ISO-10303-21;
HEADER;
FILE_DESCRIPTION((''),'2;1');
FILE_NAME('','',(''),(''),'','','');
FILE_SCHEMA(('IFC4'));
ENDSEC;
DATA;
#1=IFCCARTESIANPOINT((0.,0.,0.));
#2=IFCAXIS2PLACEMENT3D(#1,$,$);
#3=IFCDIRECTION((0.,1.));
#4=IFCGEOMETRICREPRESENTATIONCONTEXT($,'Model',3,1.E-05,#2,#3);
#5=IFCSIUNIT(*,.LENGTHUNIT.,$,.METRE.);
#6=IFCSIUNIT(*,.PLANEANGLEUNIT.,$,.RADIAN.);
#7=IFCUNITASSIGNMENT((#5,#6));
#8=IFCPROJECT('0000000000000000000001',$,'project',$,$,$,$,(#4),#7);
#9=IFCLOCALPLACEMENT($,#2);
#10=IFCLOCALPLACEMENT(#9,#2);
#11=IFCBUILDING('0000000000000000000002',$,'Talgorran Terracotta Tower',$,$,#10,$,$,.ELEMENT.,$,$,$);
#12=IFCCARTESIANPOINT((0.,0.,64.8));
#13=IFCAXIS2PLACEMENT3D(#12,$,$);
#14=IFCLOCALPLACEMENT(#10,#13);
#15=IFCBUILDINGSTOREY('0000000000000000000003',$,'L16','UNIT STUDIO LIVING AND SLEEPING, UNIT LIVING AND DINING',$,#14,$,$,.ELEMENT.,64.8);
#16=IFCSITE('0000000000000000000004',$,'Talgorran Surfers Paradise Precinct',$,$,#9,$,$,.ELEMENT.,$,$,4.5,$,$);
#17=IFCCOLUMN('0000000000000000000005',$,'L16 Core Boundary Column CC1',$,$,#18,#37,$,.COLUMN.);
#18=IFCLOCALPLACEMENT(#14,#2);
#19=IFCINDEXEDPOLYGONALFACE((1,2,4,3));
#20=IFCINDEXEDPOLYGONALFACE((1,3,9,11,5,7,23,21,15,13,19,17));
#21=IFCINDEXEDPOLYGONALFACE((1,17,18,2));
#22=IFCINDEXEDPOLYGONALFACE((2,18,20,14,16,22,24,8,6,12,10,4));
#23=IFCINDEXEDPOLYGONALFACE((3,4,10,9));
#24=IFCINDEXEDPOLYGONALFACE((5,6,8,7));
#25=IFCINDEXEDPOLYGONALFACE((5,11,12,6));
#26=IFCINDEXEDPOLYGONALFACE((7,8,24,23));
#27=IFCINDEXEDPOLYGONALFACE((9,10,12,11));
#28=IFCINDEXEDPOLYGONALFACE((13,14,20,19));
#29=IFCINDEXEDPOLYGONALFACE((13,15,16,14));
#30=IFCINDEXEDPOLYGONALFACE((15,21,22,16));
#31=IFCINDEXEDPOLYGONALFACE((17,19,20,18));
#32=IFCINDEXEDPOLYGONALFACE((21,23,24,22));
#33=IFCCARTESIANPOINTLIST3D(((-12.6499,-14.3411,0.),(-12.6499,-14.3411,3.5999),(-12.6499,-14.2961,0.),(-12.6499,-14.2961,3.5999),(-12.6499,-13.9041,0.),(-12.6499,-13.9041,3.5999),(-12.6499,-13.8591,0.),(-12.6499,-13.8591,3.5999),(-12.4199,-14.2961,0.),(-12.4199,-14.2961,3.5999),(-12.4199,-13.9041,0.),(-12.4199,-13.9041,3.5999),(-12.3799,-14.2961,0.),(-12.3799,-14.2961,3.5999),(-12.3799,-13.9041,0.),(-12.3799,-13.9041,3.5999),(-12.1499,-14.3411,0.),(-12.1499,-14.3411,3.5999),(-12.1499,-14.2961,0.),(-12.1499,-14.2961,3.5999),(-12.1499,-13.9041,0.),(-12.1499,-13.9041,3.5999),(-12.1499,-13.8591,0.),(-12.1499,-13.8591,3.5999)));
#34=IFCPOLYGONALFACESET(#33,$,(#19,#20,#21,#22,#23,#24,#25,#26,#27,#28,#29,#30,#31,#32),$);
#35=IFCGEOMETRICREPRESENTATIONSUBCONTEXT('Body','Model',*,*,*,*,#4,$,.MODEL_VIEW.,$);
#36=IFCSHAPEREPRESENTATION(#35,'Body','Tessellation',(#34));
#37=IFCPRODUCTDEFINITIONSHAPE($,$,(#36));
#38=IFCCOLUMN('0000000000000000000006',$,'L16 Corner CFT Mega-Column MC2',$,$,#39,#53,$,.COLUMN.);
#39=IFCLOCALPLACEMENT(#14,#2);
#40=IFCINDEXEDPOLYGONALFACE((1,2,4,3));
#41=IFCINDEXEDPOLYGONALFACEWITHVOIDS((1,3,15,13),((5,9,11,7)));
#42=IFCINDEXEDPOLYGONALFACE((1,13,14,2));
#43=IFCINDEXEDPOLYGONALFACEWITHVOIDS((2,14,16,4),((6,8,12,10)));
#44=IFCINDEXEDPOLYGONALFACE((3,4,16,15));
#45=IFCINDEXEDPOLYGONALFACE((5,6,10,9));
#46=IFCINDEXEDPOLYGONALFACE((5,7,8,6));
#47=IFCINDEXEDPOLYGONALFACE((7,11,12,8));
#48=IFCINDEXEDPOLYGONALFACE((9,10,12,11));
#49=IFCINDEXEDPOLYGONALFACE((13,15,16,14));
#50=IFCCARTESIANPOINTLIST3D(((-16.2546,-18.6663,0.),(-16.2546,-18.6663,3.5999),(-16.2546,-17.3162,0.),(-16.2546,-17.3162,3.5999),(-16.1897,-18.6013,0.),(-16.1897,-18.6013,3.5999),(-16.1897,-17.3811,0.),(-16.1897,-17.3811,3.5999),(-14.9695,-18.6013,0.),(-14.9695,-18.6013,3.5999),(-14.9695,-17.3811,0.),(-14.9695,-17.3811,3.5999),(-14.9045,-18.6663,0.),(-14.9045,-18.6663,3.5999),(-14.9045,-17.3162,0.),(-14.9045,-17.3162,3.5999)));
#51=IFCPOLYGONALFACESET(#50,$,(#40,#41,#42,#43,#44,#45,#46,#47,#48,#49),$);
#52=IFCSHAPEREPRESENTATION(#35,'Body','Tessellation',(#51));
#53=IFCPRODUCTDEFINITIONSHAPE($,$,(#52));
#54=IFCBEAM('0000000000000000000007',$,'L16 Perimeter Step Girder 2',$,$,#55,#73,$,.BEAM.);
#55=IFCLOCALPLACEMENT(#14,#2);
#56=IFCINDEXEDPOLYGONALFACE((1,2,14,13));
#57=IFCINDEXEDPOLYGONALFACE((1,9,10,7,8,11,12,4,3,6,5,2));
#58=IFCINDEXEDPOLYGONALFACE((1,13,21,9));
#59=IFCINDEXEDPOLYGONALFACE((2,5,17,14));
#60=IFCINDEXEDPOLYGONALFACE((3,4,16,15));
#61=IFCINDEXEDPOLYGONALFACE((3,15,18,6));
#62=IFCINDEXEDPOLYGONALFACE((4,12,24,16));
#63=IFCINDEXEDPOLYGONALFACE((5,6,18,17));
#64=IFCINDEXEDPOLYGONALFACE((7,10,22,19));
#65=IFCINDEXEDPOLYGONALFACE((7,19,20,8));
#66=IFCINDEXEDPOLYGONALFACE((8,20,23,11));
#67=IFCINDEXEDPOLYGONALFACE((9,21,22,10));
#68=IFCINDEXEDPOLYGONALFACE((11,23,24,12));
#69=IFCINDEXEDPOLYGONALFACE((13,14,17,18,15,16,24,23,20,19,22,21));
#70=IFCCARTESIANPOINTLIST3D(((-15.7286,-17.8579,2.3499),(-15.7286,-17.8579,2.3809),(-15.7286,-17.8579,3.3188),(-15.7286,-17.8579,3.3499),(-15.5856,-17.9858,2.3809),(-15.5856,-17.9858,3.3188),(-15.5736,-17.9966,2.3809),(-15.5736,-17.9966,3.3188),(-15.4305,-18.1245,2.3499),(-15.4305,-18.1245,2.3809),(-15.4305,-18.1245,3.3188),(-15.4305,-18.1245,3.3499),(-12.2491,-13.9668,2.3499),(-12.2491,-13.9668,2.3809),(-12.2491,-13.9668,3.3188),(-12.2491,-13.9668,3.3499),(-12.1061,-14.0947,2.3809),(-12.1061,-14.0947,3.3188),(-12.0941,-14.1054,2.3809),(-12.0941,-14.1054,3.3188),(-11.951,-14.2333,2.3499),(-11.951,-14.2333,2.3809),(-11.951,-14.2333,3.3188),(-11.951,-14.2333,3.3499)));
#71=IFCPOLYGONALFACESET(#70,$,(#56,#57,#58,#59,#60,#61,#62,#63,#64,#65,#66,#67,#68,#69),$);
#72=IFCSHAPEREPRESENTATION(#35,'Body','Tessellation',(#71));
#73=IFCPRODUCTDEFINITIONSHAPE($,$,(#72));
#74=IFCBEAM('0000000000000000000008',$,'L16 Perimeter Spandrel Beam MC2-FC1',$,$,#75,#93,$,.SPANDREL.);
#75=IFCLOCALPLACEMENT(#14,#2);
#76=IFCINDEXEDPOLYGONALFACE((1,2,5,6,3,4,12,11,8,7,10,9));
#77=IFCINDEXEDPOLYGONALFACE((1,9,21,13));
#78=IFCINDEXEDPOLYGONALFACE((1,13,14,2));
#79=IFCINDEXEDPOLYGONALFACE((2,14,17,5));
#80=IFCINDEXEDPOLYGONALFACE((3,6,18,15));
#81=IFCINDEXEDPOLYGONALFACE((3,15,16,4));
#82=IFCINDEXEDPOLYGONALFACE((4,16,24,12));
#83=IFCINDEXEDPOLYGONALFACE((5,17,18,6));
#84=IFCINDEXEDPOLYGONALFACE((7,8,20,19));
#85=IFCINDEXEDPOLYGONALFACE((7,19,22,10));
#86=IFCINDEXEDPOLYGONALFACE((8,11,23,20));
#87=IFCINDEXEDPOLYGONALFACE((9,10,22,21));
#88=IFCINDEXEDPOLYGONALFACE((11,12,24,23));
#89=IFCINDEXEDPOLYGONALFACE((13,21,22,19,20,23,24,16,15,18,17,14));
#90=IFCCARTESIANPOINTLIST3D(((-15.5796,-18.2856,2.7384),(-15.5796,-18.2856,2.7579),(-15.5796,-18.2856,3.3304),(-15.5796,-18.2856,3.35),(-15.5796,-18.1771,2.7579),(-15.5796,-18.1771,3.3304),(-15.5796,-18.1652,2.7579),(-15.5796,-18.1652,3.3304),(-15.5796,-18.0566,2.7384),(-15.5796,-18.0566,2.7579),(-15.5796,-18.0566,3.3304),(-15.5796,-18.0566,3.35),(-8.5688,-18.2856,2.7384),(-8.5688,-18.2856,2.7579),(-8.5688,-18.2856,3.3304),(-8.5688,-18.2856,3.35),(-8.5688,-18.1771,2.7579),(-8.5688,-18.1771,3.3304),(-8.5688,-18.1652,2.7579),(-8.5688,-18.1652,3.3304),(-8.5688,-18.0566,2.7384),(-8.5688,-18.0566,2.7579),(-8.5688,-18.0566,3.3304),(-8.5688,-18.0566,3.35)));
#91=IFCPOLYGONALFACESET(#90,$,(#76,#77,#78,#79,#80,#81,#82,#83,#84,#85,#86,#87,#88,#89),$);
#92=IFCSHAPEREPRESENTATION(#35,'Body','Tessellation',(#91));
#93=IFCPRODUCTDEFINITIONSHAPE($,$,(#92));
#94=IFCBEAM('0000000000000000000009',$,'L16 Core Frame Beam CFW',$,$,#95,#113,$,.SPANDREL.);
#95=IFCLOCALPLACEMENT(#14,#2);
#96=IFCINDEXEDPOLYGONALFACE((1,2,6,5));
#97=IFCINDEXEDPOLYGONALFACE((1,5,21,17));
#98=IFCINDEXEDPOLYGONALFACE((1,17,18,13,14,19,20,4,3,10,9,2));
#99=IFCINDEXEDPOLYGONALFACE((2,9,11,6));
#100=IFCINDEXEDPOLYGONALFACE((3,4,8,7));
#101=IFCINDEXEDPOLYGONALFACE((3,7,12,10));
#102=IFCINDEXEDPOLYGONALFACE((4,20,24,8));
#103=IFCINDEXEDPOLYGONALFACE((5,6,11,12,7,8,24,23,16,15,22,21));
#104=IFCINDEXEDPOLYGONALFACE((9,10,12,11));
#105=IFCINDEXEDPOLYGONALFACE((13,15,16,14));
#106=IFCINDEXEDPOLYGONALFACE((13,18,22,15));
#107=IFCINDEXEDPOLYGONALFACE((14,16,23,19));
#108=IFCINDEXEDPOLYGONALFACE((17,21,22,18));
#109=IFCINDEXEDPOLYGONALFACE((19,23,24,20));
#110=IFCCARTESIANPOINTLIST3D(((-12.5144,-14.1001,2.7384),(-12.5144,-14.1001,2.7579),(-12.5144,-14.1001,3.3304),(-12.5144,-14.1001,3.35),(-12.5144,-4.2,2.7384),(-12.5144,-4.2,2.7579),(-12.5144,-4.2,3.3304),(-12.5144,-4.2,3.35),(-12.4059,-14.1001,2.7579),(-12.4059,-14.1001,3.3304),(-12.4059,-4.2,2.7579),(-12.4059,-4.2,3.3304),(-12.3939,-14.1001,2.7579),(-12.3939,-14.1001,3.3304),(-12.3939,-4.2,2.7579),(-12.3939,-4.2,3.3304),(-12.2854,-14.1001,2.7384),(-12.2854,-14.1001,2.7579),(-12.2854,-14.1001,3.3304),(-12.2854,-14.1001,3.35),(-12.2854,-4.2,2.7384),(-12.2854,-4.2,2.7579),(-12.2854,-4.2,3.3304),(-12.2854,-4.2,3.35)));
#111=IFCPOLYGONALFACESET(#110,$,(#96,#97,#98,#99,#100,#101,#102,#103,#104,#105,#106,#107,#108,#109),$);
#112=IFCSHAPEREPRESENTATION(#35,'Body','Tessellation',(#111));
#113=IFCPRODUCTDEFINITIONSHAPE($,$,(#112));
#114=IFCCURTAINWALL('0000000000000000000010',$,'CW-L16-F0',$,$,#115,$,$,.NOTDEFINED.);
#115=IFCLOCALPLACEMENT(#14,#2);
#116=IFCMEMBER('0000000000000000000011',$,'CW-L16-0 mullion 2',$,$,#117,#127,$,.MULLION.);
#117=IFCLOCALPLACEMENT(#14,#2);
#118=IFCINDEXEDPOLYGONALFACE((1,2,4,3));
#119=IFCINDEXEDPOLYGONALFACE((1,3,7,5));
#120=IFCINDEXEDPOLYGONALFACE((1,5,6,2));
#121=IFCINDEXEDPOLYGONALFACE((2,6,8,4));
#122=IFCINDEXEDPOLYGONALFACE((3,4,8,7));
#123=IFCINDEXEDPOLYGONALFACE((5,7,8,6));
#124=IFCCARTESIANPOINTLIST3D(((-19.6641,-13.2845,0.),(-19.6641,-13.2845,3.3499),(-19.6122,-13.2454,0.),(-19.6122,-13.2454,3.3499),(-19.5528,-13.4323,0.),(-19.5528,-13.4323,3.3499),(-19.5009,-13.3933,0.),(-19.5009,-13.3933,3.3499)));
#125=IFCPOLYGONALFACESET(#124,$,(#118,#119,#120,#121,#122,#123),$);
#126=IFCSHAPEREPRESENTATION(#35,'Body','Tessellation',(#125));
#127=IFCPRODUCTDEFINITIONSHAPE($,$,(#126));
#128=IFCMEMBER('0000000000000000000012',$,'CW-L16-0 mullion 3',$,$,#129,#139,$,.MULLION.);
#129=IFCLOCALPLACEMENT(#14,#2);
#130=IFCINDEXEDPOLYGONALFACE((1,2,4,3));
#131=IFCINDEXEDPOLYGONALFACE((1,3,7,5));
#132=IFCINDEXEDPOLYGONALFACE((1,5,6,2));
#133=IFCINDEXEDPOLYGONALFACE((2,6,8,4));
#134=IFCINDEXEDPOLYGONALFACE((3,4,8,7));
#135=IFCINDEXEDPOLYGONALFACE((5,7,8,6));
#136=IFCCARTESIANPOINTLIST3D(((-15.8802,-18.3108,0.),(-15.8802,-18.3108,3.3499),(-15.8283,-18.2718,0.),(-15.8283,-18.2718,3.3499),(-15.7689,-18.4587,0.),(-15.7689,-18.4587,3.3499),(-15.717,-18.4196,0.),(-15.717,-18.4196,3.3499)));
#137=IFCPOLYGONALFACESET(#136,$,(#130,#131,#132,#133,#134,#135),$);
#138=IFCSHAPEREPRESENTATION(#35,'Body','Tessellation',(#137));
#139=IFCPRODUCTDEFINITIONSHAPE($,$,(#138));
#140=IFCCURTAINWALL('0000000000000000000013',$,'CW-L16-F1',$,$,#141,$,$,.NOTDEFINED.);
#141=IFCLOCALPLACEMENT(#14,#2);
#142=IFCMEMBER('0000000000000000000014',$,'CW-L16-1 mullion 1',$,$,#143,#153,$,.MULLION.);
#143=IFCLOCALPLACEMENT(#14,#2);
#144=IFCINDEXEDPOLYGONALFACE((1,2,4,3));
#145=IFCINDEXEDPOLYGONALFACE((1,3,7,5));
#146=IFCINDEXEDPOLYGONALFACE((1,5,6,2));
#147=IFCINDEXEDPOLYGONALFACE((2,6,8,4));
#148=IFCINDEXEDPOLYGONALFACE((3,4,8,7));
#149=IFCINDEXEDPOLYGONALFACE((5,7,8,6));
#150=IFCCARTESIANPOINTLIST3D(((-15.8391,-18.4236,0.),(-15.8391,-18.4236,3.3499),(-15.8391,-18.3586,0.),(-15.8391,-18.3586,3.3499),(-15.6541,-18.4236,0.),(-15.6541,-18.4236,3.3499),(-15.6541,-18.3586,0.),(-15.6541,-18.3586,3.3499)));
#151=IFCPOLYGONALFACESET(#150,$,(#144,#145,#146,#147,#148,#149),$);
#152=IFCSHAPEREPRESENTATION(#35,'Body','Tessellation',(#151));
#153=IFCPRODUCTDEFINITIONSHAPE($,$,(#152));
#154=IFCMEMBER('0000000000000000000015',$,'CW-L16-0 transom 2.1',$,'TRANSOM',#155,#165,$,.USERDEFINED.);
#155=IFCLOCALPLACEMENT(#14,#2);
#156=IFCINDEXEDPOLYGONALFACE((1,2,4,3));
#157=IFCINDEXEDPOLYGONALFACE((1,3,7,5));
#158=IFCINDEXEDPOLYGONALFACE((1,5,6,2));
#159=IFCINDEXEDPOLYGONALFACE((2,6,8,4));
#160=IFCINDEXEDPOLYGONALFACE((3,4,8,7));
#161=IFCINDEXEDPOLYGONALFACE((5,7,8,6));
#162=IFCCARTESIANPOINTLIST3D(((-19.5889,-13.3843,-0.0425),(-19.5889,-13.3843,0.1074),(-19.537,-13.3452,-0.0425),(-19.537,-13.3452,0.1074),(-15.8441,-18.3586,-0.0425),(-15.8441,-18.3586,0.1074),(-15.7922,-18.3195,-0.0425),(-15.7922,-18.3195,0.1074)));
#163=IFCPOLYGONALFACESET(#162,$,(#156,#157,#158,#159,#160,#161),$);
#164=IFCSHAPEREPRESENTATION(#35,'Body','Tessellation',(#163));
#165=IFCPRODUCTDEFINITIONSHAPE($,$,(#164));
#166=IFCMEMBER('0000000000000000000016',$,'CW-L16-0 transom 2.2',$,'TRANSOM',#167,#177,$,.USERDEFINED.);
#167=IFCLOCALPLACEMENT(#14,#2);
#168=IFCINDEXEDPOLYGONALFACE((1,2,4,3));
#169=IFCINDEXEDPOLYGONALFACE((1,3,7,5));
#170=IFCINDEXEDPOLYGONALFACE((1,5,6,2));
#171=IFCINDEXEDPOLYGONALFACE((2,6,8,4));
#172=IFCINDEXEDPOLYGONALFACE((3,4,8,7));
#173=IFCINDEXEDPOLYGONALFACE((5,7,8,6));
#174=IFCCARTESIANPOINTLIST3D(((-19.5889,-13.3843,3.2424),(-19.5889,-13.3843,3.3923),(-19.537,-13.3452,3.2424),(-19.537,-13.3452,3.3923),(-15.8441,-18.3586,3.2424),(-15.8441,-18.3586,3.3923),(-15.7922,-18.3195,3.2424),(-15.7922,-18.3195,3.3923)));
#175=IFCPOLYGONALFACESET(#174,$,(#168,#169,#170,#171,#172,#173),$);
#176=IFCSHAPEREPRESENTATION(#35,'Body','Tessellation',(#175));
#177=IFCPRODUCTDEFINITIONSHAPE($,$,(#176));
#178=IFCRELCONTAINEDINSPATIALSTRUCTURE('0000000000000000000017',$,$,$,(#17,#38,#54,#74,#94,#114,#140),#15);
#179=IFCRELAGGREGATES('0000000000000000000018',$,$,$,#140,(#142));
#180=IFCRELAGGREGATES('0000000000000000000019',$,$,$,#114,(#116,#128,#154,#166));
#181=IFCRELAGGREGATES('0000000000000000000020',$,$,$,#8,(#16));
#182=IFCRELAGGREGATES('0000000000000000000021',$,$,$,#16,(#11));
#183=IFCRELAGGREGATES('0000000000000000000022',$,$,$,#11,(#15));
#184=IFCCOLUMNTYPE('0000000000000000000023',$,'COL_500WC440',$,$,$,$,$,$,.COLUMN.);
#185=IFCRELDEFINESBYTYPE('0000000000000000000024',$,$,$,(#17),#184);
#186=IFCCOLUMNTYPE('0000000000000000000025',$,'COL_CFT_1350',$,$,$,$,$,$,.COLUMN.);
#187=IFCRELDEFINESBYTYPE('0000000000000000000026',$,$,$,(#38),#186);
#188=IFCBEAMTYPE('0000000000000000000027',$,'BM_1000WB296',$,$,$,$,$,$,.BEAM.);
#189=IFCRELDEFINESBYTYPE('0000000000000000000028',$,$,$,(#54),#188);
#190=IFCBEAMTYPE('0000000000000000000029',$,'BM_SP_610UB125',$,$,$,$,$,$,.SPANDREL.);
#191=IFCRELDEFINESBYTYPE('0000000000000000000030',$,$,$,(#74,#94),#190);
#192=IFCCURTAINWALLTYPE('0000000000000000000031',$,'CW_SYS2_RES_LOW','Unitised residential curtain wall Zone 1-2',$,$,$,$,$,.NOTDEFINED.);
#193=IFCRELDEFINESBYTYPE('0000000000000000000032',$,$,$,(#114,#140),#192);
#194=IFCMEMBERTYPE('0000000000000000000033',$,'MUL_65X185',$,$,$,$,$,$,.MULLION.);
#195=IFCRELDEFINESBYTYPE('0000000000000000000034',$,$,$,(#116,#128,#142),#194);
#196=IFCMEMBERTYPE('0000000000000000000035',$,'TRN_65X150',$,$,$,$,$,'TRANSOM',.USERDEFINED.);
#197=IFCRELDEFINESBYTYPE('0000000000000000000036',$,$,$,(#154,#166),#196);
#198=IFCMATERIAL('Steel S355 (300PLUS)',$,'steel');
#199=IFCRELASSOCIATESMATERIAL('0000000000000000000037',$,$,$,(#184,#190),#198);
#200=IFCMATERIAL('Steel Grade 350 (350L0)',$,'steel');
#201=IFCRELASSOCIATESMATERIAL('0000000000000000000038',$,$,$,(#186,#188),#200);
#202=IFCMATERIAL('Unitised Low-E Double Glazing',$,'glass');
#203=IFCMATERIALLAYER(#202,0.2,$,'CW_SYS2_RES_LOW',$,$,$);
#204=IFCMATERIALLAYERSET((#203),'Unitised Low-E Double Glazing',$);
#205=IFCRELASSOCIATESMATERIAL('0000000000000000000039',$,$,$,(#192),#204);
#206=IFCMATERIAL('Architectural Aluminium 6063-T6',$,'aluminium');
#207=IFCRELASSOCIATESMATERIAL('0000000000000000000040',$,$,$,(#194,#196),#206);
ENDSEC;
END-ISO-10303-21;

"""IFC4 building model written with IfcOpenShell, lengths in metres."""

from ifc_helpers import new_model, si_unit, direction, frame, origin, origin_2d, place, context, subcontext, project, spatial, rectangle, hollow_rectangle, i_section, extrude, material, layer, layer_set, material_profile, profile_set, type_object, element, aggregate, save


model = new_model("IFC4")

# Units and contexts
model_context = context("Model", 3, precision=1e-05, world=origin(), true_north=direction((0.0, 1.0)))
body_context = subcontext(model_context, "Body", "Model", "MODEL_VIEW")
ifc_project = project(units=[si_unit("LENGTHUNIT", "METRE"), si_unit("PLANEANGLEUNIT", "RADIAN")], contexts=[model_context])

# Site, building, storey
site_placement = place(None, origin())
site = spatial("IfcSite", under=ifc_project, at=site_placement, Name="Talgorran Surfers Paradise Precinct", CompositionType="ELEMENT", RefElevation=4.5)
building_placement = place(site_placement, origin())
building = spatial("IfcBuilding", under=site, at=building_placement, Name="Talgorran Terracotta Tower", CompositionType="ELEMENT")
storey_placement = place(building_placement, frame((0.0, 0.0, 64.8)))
storey = spatial("IfcBuildingStorey", under=building, at=storey_placement, Name="L16", Description="UNIT STUDIO LIVING AND SLEEPING, UNIT LIVING AND DINING", CompositionType="ELEMENT", Elevation=64.8)

# Columns
ifc_material_1 = material(Name="Steel S355 (300PLUS)", Category="steel")
ifc_material_profile_1 = material_profile(ifc_material_1, i_section(OverallWidth=0.5, OverallDepth=0.4819, WebThickness=0.04, FlangeThickness=0.0449, at=origin_2d()), Name="500WC440")
ifc_profile_set_1 = profile_set([ifc_material_profile_1], Name="Steel S355 (300PLUS)")
column_type_1 = type_object("IfcColumnType", Name="COL_500WC440", PredefinedType="COLUMN", material=ifc_profile_set_1)
column_1_placement = place(storey_placement, frame((-12.3999, -14.1001, 0.0), z_axis=(0.0, 0.0, 1.0), x_axis=(1.0, 0.0, 0.0)))
element("IfcColumn", 1, at=column_1_placement, inside=storey, type_object=column_type_1, Name="L16 Core Boundary Column CC1", PredefinedType="COLUMN", context=body_context, shape_type="SweptSolid", body=[
    extrude(i_section(OverallWidth=0.5, OverallDepth=0.4819, WebThickness=0.04, FlangeThickness=0.0449, at=origin_2d()), origin(), (0.0, 0.0, 1.0), 3.5999),
])
ifc_material_2 = material(Name="Steel Grade 350 (350L0)", Category="steel")
ifc_material_profile_2 = material_profile(ifc_material_2, hollow_rectangle(XDim=1.3501, YDim=1.3501, WallThickness=0.0649, at=origin_2d()), Name="CFT1350X1350X65")
ifc_profile_set_2 = profile_set([ifc_material_profile_2], Name="Steel Grade 350 (350L0)")
column_type_2 = type_object("IfcColumnType", Name="COL_CFT_1350", PredefinedType="COLUMN", material=ifc_profile_set_2)
column_2_placement = place(storey_placement, frame((-15.5796, -17.9912, 0.0), z_axis=(0.0, 0.0, 1.0), x_axis=(1.0, 0.0, 0.0)))
element("IfcColumn", 2, at=column_2_placement, inside=storey, type_object=column_type_2, Name="L16 Corner CFT Mega-Column MC2", PredefinedType="COLUMN", context=body_context, shape_type="SweptSolid", body=[
    extrude(hollow_rectangle(XDim=1.3501, YDim=1.3501, WallThickness=0.0649, at=origin_2d()), origin(), (0.0, 0.0, 1.0), 3.5999),
])

# Beams
ifc_material_profile_3 = material_profile(ifc_material_2, i_section(OverallWidth=0.3999, OverallDepth=1.0, WebThickness=0.0161, FlangeThickness=0.031, at=origin_2d()), Name="1000WB296")
ifc_profile_set_3 = profile_set([ifc_material_profile_3], Name="Steel Grade 350 (350L0)")
beam_type_1 = type_object("IfcBeamType", Name="BM_1000WB296", PredefinedType="BEAM", material=ifc_profile_set_3)
beam_1_placement = place(storey_placement, frame((-15.5796, -17.9912, 2.8499), z_axis=(0.666579, 0.745435, 0.0), x_axis=(-0.745435, 0.666579, 0.0)))
element("IfcBeam", 3, at=beam_1_placement, inside=storey, type_object=beam_type_1, Name="L16 Perimeter Step Girder 2", PredefinedType="BEAM", context=body_context, shape_type="SweptSolid", body=[
    extrude(i_section(OverallWidth=0.3999, OverallDepth=1.0, WebThickness=0.0161, FlangeThickness=0.031, at=origin_2d()), origin(), (0.0, 0.0, 1.0), 5.22),
])
ifc_material_profile_4 = material_profile(ifc_material_1, i_section(OverallWidth=0.229, OverallDepth=0.6116, WebThickness=0.012, FlangeThickness=0.0195, at=origin_2d()), Name="610UB125")
ifc_profile_set_4 = profile_set([ifc_material_profile_4], Name="Steel S355 (300PLUS)")
beam_type_2 = type_object("IfcBeamType", Name="BM_SP_610UB125", PredefinedType="SPANDREL", material=ifc_profile_set_4)
beam_2_placement = place(storey_placement, frame((-15.5796, -18.1711, 3.0442), z_axis=(1.0, 0.0, 0.0), x_axis=(0.0, 1.0, 0.0)))
element("IfcBeam", 4, at=beam_2_placement, inside=storey, type_object=beam_type_2, Name="L16 Perimeter Spandrel Beam MC2-FC1", PredefinedType="SPANDREL", context=body_context, shape_type="SweptSolid", body=[
    extrude(i_section(OverallWidth=0.229, OverallDepth=0.6116, WebThickness=0.012, FlangeThickness=0.0195, at=origin_2d()), origin(), (0.0, 0.0, 1.0), 7.0107),
])
beam_3_placement = place(storey_placement, frame((-12.3999, -14.1001, 3.0442), z_axis=(0.0, 1.0, 0.0), x_axis=(-1.0, 0.0, 0.0)))
element("IfcBeam", 5, at=beam_3_placement, inside=storey, type_object=beam_type_2, Name="L16 Core Frame Beam CFW", PredefinedType="SPANDREL", context=body_context, shape_type="SweptSolid", body=[
    extrude(i_section(OverallWidth=0.229, OverallDepth=0.6116, WebThickness=0.012, FlangeThickness=0.0195, at=origin_2d()), origin(), (0.0, 0.0, 1.0), 9.9001),
])

# Curtain wall, members
ifc_material_3 = material(Name="Unitised Low-E Double Glazing", Category="glass")
ifc_layer_1 = layer(ifc_material_3, 0.2, Name="CW_SYS2_RES_LOW")
ifc_layer_set_1 = layer_set([ifc_layer_1], Name="Unitised Low-E Double Glazing")
curtain_wall_type = type_object("IfcCurtainWallType", Name="CW_SYS2_RES_LOW", Description="Unitised residential curtain wall Zone 1-2", PredefinedType="NOTDEFINED", material=ifc_layer_set_1)
curtain_wall_1_placement = place(storey_placement, origin())
curtain_wall_1 = element("IfcCurtainWall", 6, at=curtain_wall_1_placement, inside=storey, type_object=curtain_wall_type, Name="CW-L16-F0", PredefinedType="NOTDEFINED")
ifc_material_4 = material(Name="Architectural Aluminium 6063-T6", Category="aluminium")
ifc_material_profile_5 = material_profile(ifc_material_4, rectangle(XDim=0.0649, YDim=0.1851, at=origin_2d()), Name="CWM65X185")
ifc_profile_set_5 = profile_set([ifc_material_profile_5], Name="Architectural Aluminium 6063-T6")
member_type_1 = type_object("IfcMemberType", Name="MUL_65X185", PredefinedType="MULLION", material=ifc_profile_set_5)
member_1_placement = place(storey_placement, frame((-19.5825, -13.3389, 0.0), z_axis=(0.0, 0.0, 1.0), x_axis=(0.798916, 0.601442, 0.0)))
member_1 = element("IfcMember", 7, at=member_1_placement, type_object=member_type_1, Name="CW-L16-0 mullion 2", PredefinedType="MULLION", context=body_context, shape_type="SweptSolid", body=[
    extrude(rectangle(XDim=0.0649, YDim=0.1851, at=origin_2d()), origin(), (0.0, 0.0, 1.0), 3.3499),
])
member_2_placement = place(storey_placement, frame((-15.7986, -18.3652, 0.0), z_axis=(0.0, 0.0, 1.0), x_axis=(0.798916, 0.601442, 0.0)))
member_2 = element("IfcMember", 8, at=member_2_placement, type_object=member_type_1, Name="CW-L16-0 mullion 3", PredefinedType="MULLION", context=body_context, shape_type="SweptSolid", body=[
    extrude(rectangle(XDim=0.0649, YDim=0.1851, at=origin_2d()), origin(), (0.0, 0.0, 1.0), 3.3499),
])

# Curtain wall, member
curtain_wall_2_placement = place(storey_placement, origin())
curtain_wall_2 = element("IfcCurtainWall", 9, at=curtain_wall_2_placement, inside=storey, type_object=curtain_wall_type, Name="CW-L16-F1", PredefinedType="NOTDEFINED")
member_3_placement = place(storey_placement, frame((-15.7466, -18.3911, 0.0), z_axis=(0.0, 0.0, 1.0), x_axis=(0.0, 1.0, 0.0)))
member_3 = element("IfcMember", 10, at=member_3_placement, type_object=member_type_1, Name="CW-L16-1 mullion 1", PredefinedType="MULLION", context=body_context, shape_type="SweptSolid", body=[
    extrude(rectangle(XDim=0.0649, YDim=0.1851, at=origin_2d()), origin(), (0.0, 0.0, 1.0), 3.3499),
])

# Members
ifc_material_profile_6 = material_profile(ifc_material_4, rectangle(XDim=0.0649, YDim=0.1499, at=origin_2d()), Name="CWT65X150")
ifc_profile_set_6 = profile_set([ifc_material_profile_6], Name="Architectural Aluminium 6063-T6")
member_type_2 = type_object("IfcMemberType", Name="TRN_65X150", ElementType="TRANSOM", PredefinedType="USERDEFINED", material=ifc_profile_set_6)
member_4_placement = place(storey_placement, frame((-19.563, -13.3647, 0.0325), z_axis=(0.601448, -0.798912, 0.0), x_axis=(0.798912, 0.601448, 0.0)))
member_4 = element("IfcMember", 11, at=member_4_placement, type_object=member_type_2, Name="CW-L16-0 transom 2.1", ObjectType="TRANSOM", PredefinedType="USERDEFINED", context=body_context, shape_type="SweptSolid", body=[
    extrude(rectangle(XDim=0.0649, YDim=0.1499, at=origin_2d()), origin(), (0.0, 0.0, 1.0), 6.2263),
])
member_5_placement = place(storey_placement, frame((-19.563, -13.3647, 3.3174), z_axis=(0.601448, -0.798912, 0.0), x_axis=(0.798912, 0.601448, 0.0)))
member_5 = element("IfcMember", 12, at=member_5_placement, type_object=member_type_2, Name="CW-L16-0 transom 2.2", ObjectType="TRANSOM", PredefinedType="USERDEFINED", context=body_context, shape_type="SweptSolid", body=[
    extrude(rectangle(XDim=0.0649, YDim=0.1499, at=origin_2d()), origin(), (0.0, 0.0, 1.0), 6.2263),
])
aggregate(curtain_wall_2, [member_3])

aggregate(curtain_wall_1, [member_1, member_2, member_4, member_5])

save(model, "model.ifc")
